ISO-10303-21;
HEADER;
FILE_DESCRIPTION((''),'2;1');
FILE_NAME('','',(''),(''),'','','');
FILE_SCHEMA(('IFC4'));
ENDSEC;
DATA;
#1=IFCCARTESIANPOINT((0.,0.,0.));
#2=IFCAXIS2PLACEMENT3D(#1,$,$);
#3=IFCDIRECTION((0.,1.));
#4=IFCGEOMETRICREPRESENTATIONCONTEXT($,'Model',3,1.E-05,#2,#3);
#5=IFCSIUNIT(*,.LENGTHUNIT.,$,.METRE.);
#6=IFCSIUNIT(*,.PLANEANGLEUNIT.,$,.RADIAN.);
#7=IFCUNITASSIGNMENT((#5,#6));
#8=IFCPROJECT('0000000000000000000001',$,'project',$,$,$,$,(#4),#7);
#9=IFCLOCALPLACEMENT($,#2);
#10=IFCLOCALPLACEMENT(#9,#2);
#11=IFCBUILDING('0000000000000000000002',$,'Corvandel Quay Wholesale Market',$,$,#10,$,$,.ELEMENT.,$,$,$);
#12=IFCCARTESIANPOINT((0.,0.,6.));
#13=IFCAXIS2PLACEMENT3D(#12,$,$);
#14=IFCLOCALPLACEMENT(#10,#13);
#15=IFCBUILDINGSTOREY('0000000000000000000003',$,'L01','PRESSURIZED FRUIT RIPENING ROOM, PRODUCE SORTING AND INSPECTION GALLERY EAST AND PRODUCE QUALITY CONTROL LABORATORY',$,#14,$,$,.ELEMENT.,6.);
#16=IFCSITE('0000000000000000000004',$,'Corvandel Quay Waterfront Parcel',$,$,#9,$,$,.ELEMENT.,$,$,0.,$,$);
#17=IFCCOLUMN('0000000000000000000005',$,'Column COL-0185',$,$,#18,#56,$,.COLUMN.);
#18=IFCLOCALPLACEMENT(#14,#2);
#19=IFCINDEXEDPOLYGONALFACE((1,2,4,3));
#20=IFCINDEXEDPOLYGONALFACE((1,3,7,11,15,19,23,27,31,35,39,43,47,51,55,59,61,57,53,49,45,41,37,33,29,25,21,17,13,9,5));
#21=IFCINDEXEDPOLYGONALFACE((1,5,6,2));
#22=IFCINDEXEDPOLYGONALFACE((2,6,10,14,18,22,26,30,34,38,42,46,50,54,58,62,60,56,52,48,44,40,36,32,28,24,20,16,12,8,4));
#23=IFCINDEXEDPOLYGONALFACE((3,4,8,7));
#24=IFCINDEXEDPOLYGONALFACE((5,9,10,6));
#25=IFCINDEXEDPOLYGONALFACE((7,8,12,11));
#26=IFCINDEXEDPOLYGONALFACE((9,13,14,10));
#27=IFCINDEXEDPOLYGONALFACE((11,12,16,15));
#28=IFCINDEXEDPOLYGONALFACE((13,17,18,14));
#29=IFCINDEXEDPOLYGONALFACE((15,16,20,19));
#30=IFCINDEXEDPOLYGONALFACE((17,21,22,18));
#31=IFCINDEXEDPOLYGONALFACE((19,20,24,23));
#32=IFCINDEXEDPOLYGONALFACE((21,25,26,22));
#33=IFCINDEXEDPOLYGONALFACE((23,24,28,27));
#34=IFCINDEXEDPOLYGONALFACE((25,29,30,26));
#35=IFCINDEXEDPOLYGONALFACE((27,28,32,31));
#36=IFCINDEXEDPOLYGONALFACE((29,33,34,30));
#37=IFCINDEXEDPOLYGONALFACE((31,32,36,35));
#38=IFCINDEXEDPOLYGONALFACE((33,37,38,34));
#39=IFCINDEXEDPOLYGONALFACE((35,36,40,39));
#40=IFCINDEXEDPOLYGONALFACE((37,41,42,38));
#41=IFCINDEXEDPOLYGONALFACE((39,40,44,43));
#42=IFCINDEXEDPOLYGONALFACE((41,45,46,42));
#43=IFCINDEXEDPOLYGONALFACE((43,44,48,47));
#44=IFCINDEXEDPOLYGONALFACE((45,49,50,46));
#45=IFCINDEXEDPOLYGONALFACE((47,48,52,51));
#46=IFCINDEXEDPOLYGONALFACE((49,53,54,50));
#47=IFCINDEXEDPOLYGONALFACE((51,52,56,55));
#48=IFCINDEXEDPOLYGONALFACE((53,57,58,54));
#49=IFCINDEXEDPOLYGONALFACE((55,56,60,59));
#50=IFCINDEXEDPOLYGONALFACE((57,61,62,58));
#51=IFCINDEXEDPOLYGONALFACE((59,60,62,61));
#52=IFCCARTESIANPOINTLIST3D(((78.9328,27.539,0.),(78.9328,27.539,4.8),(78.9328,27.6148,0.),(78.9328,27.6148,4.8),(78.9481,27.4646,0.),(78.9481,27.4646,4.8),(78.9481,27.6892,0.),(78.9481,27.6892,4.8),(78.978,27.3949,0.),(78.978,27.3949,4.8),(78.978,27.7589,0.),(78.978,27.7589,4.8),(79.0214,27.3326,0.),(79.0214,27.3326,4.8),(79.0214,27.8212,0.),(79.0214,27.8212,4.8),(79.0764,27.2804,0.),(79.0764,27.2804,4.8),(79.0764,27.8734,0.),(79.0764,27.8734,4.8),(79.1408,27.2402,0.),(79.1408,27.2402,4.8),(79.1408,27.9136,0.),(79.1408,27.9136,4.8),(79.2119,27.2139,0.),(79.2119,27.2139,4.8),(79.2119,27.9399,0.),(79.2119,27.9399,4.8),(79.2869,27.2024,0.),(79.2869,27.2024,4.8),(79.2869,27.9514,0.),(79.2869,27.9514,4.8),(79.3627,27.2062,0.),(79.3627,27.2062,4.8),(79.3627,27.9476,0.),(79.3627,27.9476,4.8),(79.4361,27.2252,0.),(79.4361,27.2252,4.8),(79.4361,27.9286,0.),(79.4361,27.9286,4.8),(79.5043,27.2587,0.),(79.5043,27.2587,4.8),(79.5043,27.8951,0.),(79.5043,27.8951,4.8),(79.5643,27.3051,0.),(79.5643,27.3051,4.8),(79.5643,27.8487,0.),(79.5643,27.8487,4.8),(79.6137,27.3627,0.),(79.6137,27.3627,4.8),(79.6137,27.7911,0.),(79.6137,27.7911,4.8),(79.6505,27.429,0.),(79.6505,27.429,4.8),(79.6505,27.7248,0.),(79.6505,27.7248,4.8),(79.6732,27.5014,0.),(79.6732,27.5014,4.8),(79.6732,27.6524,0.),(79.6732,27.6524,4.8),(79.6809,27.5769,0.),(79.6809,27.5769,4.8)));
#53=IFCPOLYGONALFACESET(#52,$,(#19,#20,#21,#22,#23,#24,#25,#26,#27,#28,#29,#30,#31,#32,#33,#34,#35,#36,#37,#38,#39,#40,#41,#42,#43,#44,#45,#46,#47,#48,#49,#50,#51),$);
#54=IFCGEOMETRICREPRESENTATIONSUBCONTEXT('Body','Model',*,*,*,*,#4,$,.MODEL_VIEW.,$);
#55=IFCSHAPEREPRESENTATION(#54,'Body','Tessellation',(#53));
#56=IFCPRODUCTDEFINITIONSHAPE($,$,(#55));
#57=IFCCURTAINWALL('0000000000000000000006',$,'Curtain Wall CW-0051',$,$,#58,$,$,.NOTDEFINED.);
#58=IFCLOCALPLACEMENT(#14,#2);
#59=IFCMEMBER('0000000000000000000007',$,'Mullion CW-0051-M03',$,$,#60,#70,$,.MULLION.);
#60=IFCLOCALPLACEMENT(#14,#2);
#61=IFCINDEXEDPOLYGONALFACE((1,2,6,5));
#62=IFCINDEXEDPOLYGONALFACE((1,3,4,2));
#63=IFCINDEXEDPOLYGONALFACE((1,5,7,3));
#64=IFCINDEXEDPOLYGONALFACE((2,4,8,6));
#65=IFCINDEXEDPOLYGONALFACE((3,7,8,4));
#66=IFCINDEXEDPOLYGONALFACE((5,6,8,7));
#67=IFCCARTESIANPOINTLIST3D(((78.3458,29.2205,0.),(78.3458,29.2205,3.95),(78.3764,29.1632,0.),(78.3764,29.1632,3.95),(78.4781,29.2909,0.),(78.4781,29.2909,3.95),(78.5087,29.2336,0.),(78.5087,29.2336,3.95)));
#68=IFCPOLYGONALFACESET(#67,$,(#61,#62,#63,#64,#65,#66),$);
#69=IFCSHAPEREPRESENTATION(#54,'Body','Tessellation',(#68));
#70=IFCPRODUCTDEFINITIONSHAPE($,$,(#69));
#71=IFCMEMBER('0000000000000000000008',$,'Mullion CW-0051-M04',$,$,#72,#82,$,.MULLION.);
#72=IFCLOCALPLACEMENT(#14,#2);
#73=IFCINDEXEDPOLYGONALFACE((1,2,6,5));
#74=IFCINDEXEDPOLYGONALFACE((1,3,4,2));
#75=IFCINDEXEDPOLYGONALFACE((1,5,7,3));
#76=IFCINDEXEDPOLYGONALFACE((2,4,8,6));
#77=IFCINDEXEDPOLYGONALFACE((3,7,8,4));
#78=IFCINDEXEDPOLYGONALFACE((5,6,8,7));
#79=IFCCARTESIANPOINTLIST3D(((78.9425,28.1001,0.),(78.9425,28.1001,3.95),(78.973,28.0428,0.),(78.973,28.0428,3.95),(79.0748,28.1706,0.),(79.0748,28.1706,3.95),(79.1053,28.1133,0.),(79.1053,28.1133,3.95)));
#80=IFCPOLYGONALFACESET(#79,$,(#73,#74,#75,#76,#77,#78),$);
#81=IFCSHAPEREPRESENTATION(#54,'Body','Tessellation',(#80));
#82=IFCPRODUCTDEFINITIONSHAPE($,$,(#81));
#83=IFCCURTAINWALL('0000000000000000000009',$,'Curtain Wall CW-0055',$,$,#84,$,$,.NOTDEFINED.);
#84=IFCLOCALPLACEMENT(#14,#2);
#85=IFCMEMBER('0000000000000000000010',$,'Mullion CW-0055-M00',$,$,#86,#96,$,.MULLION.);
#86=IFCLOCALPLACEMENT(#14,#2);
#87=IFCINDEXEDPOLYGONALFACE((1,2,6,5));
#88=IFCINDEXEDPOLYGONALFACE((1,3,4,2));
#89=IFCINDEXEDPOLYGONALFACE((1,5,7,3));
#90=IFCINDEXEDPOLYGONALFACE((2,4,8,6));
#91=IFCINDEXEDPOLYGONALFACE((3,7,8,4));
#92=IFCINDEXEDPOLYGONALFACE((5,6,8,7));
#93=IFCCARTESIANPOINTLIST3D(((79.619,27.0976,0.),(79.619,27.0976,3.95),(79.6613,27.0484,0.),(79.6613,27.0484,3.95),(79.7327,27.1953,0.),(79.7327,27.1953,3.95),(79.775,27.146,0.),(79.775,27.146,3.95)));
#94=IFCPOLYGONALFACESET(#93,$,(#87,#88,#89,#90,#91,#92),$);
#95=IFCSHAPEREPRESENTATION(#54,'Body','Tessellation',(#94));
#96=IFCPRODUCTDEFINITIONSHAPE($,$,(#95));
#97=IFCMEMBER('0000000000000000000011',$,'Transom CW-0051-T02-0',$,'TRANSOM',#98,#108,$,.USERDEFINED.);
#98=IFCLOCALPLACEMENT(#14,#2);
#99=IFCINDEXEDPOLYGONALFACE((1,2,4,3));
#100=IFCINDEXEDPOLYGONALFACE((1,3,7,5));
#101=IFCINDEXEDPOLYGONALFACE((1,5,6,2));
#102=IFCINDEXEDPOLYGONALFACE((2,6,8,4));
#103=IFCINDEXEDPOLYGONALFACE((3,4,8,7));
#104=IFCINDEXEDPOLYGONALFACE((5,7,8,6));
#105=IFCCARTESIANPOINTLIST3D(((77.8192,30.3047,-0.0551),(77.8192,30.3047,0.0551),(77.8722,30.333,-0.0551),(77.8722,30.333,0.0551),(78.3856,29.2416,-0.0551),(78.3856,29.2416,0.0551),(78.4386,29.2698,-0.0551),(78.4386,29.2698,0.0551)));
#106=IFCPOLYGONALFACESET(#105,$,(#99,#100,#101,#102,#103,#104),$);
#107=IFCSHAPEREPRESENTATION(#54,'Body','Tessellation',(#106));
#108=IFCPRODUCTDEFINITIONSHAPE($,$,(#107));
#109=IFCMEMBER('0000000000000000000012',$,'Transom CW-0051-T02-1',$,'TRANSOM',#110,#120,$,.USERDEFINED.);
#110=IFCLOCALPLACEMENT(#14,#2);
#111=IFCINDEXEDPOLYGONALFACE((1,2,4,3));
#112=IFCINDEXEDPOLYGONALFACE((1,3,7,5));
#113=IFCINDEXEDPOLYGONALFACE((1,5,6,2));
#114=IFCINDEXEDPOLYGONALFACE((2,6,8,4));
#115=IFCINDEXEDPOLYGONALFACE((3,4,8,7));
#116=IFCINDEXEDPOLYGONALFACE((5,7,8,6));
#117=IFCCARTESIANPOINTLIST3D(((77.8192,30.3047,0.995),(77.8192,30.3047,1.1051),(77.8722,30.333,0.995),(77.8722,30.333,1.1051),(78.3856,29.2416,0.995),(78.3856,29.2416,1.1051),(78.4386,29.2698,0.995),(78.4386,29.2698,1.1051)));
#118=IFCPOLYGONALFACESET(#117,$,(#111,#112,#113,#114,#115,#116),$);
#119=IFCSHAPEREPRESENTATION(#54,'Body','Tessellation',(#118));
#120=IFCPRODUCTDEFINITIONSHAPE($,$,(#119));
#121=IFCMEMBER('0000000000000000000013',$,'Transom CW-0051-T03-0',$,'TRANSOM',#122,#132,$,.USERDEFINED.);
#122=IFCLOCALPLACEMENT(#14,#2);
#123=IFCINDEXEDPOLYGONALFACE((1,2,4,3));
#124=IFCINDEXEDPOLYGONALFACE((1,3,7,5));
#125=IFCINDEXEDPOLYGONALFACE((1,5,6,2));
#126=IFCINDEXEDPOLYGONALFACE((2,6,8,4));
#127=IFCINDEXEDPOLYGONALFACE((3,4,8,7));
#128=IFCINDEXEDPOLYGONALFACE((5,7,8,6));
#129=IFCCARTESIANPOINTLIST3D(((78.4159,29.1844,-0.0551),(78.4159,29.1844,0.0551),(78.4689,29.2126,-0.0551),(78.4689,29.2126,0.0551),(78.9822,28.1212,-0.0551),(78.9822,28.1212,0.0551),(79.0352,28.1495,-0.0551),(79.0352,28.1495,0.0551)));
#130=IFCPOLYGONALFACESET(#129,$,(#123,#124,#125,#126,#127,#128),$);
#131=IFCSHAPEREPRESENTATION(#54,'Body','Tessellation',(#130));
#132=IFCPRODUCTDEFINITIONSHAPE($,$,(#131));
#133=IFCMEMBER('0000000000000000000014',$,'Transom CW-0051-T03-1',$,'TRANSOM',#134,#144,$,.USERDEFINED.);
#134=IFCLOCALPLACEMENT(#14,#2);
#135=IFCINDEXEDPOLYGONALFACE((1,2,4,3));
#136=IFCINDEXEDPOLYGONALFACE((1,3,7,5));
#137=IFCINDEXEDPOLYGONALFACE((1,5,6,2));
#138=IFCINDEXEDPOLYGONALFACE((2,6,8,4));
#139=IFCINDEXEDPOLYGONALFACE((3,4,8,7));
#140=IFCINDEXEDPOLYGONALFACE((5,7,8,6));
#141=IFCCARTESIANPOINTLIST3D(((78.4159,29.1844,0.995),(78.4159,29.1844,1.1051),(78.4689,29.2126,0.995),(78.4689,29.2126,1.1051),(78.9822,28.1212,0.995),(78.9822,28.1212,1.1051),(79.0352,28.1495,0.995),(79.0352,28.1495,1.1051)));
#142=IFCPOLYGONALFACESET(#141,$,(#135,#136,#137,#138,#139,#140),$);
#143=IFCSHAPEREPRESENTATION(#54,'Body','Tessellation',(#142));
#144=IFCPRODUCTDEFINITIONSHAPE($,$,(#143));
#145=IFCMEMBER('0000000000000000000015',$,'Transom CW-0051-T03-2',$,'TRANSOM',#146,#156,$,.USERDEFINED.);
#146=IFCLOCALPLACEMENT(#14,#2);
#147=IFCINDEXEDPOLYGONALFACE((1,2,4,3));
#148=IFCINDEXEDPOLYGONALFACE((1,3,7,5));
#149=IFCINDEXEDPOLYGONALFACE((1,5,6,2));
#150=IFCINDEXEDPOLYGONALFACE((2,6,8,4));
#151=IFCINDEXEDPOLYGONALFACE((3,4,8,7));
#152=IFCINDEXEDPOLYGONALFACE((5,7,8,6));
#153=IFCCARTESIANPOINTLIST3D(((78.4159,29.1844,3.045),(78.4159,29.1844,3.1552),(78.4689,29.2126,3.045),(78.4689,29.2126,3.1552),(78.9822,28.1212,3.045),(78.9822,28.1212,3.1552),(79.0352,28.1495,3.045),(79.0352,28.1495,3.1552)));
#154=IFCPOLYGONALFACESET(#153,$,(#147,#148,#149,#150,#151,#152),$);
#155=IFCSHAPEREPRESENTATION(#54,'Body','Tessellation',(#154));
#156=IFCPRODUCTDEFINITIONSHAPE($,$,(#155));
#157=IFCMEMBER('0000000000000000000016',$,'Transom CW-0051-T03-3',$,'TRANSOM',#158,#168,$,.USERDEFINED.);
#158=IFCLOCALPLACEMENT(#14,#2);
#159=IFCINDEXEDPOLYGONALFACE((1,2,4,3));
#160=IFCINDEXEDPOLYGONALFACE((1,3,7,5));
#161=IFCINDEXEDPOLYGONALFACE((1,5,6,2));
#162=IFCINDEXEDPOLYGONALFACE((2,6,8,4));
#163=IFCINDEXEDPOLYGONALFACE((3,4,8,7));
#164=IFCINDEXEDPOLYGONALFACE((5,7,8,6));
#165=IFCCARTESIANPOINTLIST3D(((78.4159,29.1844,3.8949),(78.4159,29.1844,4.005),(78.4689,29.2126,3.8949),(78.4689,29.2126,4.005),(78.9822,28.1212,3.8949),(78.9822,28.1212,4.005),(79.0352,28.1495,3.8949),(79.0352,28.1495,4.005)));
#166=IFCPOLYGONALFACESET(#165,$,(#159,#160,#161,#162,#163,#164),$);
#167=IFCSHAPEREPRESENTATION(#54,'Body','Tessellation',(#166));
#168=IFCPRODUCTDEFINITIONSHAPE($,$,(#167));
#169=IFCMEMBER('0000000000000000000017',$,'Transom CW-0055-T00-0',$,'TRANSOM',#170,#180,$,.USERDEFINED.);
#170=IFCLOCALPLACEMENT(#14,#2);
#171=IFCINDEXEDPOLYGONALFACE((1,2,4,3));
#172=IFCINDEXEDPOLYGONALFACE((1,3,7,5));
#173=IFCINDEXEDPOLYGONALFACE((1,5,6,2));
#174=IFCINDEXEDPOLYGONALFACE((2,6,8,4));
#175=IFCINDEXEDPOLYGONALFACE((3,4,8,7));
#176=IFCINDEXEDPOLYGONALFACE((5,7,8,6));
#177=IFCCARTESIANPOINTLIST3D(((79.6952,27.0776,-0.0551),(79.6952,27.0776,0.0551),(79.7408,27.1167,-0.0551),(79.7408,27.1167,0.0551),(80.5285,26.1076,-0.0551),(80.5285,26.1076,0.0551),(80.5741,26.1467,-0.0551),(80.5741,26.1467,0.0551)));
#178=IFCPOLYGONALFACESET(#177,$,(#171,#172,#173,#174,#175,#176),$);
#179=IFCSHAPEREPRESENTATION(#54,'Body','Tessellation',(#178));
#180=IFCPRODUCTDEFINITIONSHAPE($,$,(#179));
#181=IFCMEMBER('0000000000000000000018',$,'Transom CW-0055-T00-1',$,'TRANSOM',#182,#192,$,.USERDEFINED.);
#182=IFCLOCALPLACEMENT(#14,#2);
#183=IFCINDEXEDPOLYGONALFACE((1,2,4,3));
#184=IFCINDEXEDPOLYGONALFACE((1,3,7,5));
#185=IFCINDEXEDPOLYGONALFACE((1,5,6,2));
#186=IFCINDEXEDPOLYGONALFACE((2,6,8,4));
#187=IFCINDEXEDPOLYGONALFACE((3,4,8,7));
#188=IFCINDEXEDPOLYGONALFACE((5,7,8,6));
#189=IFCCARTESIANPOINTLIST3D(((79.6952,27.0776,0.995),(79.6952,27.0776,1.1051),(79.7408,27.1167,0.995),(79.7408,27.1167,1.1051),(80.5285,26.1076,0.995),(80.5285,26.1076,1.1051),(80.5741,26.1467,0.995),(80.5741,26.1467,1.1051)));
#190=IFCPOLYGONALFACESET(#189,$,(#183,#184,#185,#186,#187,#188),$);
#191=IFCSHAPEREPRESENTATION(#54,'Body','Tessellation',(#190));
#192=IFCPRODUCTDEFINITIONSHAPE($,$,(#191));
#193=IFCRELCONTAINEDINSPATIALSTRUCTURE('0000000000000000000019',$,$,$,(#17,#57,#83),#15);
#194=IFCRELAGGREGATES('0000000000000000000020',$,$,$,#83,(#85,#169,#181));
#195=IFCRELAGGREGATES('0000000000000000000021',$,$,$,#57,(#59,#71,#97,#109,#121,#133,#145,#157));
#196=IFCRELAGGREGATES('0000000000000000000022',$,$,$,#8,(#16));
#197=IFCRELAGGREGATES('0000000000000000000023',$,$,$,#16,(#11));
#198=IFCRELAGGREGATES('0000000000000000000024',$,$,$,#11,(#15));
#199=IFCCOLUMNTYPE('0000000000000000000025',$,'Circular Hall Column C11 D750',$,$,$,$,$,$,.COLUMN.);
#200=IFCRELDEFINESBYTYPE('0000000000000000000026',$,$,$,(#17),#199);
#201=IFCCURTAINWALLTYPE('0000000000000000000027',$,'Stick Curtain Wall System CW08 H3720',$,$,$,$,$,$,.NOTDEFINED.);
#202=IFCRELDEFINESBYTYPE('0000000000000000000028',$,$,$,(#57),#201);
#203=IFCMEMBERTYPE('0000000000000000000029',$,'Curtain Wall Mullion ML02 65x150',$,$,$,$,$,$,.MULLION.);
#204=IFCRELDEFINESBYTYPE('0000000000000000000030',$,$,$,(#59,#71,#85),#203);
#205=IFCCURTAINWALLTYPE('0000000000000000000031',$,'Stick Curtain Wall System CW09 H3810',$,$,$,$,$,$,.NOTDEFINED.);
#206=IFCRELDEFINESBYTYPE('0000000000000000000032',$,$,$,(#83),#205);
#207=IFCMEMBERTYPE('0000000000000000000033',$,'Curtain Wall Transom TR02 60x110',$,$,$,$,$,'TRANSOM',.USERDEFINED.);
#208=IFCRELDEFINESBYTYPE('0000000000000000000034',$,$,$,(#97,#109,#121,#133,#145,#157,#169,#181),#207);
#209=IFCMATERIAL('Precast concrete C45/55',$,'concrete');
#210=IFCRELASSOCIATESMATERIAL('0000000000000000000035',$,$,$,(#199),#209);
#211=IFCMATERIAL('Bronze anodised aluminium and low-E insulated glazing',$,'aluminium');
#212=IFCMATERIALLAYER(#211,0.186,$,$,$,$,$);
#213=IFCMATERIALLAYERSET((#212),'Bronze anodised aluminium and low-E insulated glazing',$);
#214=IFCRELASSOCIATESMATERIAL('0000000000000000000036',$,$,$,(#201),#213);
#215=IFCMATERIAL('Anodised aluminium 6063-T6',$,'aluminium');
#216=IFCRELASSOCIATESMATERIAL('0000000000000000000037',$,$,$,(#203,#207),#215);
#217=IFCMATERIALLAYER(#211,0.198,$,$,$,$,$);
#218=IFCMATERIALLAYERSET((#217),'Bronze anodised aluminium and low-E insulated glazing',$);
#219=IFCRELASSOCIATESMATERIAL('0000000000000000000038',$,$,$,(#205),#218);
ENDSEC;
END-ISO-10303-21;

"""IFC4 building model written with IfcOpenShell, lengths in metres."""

from ifc_helpers import new_model, si_unit, direction, frame, origin, origin_2d, place, context, subcontext, project, spatial, rectangle, circle, extrude, material, layer, layer_set, material_profile, profile_set, type_object, element, aggregate, save


model = new_model("IFC4")

# Units and contexts
model_context = context("Model", 3, precision=1e-05, world=origin(), true_north=direction((0.0, 1.0)))
body_context = subcontext(model_context, "Body", "Model", "MODEL_VIEW")
ifc_project = project(units=[si_unit("LENGTHUNIT", "METRE"), si_unit("PLANEANGLEUNIT", "RADIAN")], contexts=[model_context])

# Site, building, storey
site_placement = place(None, origin())
site = spatial("IfcSite", under=ifc_project, at=site_placement, Name="Corvandel Quay Waterfront Parcel", CompositionType="ELEMENT", RefElevation=0.0)
building_placement = place(site_placement, origin())
building = spatial("IfcBuilding", under=site, at=building_placement, Name="Corvandel Quay Wholesale Market", CompositionType="ELEMENT")
storey_placement = place(building_placement, frame((0.0, 0.0, 6.0)))
storey = spatial("IfcBuildingStorey", under=building, at=storey_placement, Name="L01", Description="PRESSURIZED FRUIT RIPENING ROOM, PRODUCE SORTING AND INSPECTION GALLERY EAST AND PRODUCE QUALITY CONTROL LABORATORY", CompositionType="ELEMENT", Elevation=6.0)

# Column
ifc_material_1 = material(Name="Precast concrete C45/55", Category="concrete")
ifc_material_profile_1 = material_profile(ifc_material_1, circle(Radius=0.375, at=origin_2d()), Name="PC-COL-D750")
ifc_profile_set_1 = profile_set([ifc_material_profile_1], Name="Precast concrete C45/55")
column_type = type_object("IfcColumnType", Name="Circular Hall Column C11 D750", PredefinedType="COLUMN", material=ifc_profile_set_1)
column_placement = place(storey_placement, frame((79.3059, 27.5769, 0.0), z_axis=(0.0, 0.0, 1.0), x_axis=(1.0, 0.0, 0.0)))
element("IfcColumn", 1, at=column_placement, inside=storey, type_object=column_type, Name="Column COL-0185", PredefinedType="COLUMN", context=body_context, shape_type="SweptSolid", body=[
    extrude(circle(Radius=0.375, at=origin_2d()), origin(), (0.0, 0.0, 1.0), 4.8),
])

# Curtain wall, members
ifc_material_2 = material(Name="Bronze anodised aluminium and low-E insulated glazing", Category="aluminium")
ifc_layer_1 = layer(ifc_material_2, 0.186)
ifc_layer_set_1 = layer_set([ifc_layer_1], Name="Bronze anodised aluminium and low-E insulated glazing")
curtain_wall_type_1 = type_object("IfcCurtainWallType", Name="Stick Curtain Wall System CW08 H3720", PredefinedType="NOTDEFINED", material=ifc_layer_set_1)
curtain_wall_1_placement = place(storey_placement, origin())
curtain_wall_1 = element("IfcCurtainWall", 2, at=curtain_wall_1_placement, inside=storey, type_object=curtain_wall_type_1, Name="Curtain Wall CW-0051", PredefinedType="NOTDEFINED")
ifc_material_3 = material(Name="Anodised aluminium 6063-T6", Category="aluminium")
ifc_material_profile_2 = material_profile(ifc_material_3, rectangle(XDim=0.0649, YDim=0.1499, at=origin_2d()), Name="ALU-MUL-65x150")
ifc_profile_set_2 = profile_set([ifc_material_profile_2], Name="Anodised aluminium 6063-T6")
member_type_1 = type_object("IfcMemberType", Name="Curtain Wall Mullion ML02 65x150", PredefinedType="MULLION", material=ifc_profile_set_2)
member_1_placement = place(storey_placement, frame((78.4272, 29.2271, 0.0), z_axis=(0.0, 0.0, 1.0), x_axis=(-0.470088, 0.88262, 0.0)))
member_1 = element("IfcMember", 3, at=member_1_placement, type_object=member_type_1, Name="Mullion CW-0051-M03", PredefinedType="MULLION", context=body_context, shape_type="SweptSolid", body=[
    extrude(rectangle(XDim=0.0649, YDim=0.1499, at=origin_2d()), origin(), (0.0, 0.0, 1.0), 3.95),
])
member_2_placement = place(storey_placement, frame((79.0239, 28.1067, 0.0), z_axis=(0.0, 0.0, 1.0), x_axis=(-0.470088, 0.88262, 0.0)))
member_2 = element("IfcMember", 4, at=member_2_placement, type_object=member_type_1, Name="Mullion CW-0051-M04", PredefinedType="MULLION", context=body_context, shape_type="SweptSolid", body=[
    extrude(rectangle(XDim=0.0649, YDim=0.1499, at=origin_2d()), origin(), (0.0, 0.0, 1.0), 3.95),
])

# Curtain wall, member
ifc_layer_2 = layer(ifc_material_2, 0.198)
ifc_layer_set_2 = layer_set([ifc_layer_2], Name="Bronze anodised aluminium and low-E insulated glazing")
curtain_wall_type_2 = type_object("IfcCurtainWallType", Name="Stick Curtain Wall System CW09 H3810", PredefinedType="NOTDEFINED", material=ifc_layer_set_2)
curtain_wall_2_placement = place(storey_placement, origin())
curtain_wall_2 = element("IfcCurtainWall", 5, at=curtain_wall_2_placement, inside=storey, type_object=curtain_wall_type_2, Name="Curtain Wall CW-0055", PredefinedType="NOTDEFINED")
member_3_placement = place(storey_placement, frame((79.697, 27.1218, 0.0), z_axis=(0.0, 0.0, 1.0), x_axis=(-0.651569, 0.758589, 0.0)))
member_3 = element("IfcMember", 6, at=member_3_placement, type_object=member_type_1, Name="Mullion CW-0055-M00", PredefinedType="MULLION", context=body_context, shape_type="SweptSolid", body=[
    extrude(rectangle(XDim=0.0649, YDim=0.1499, at=origin_2d()), origin(), (0.0, 0.0, 1.0), 3.95),
])

# Members
ifc_material_profile_3 = material_profile(ifc_material_3, rectangle(XDim=0.0601, YDim=0.1101, at=origin_2d()), Name="ALU-TRN-60x110")
ifc_profile_set_3 = profile_set([ifc_material_profile_3], Name="Anodised aluminium 6063-T6")
member_type_2 = type_object("IfcMemberType", Name="Curtain Wall Transom TR02 60x110", ElementType="TRANSOM", PredefinedType="USERDEFINED", material=ifc_profile_set_3)
member_4_placement = place(storey_placement, frame((77.8457, 30.3188, 0.0), z_axis=(0.470167, -0.882577, 0.0), x_axis=(0.882577, 0.470167, 0.0)))
member_4 = element("IfcMember", 7, at=member_4_placement, type_object=member_type_2, Name="Transom CW-0051-T02-0", ObjectType="TRANSOM", PredefinedType="USERDEFINED", context=body_context, shape_type="SweptSolid", body=[
    extrude(rectangle(XDim=0.0601, YDim=0.1101, at=origin_2d()), origin(), (0.0, 0.0, 1.0), 1.2046),
])
member_5_placement = place(storey_placement, frame((77.8457, 30.3188, 1.05), z_axis=(0.470167, -0.882577, 0.0), x_axis=(0.882577, 0.470167, 0.0)))
member_5 = element("IfcMember", 8, at=member_5_placement, type_object=member_type_2, Name="Transom CW-0051-T02-1", ObjectType="TRANSOM", PredefinedType="USERDEFINED", context=body_context, shape_type="SweptSolid", body=[
    extrude(rectangle(XDim=0.0601, YDim=0.1101, at=origin_2d()), origin(), (0.0, 0.0, 1.0), 1.2046),
])
member_6_placement = place(storey_placement, frame((78.4424, 29.1985, 0.0), z_axis=(0.470167, -0.882577, 0.0), x_axis=(0.882577, 0.470167, 0.0)))
member_6 = element("IfcMember", 9, at=member_6_placement, type_object=member_type_2, Name="Transom CW-0051-T03-0", ObjectType="TRANSOM", PredefinedType="USERDEFINED", context=body_context, shape_type="SweptSolid", body=[
    extrude(rectangle(XDim=0.0601, YDim=0.1101, at=origin_2d()), origin(), (0.0, 0.0, 1.0), 1.2046),
])
member_7_placement = place(storey_placement, frame((78.4424, 29.1985, 1.05), z_axis=(0.470167, -0.882577, 0.0), x_axis=(0.882577, 0.470167, 0.0)))
member_7 = element("IfcMember", 10, at=member_7_placement, type_object=member_type_2, Name="Transom CW-0051-T03-1", ObjectType="TRANSOM", PredefinedType="USERDEFINED", context=body_context, shape_type="SweptSolid", body=[
    extrude(rectangle(XDim=0.0601, YDim=0.1101, at=origin_2d()), origin(), (0.0, 0.0, 1.0), 1.2046),
])
member_8_placement = place(storey_placement, frame((78.4424, 29.1985, 3.1001), z_axis=(0.470167, -0.882577, 0.0), x_axis=(0.882577, 0.470167, 0.0)))
member_8 = element("IfcMember", 11, at=member_8_placement, type_object=member_type_2, Name="Transom CW-0051-T03-2", ObjectType="TRANSOM", PredefinedType="USERDEFINED", context=body_context, shape_type="SweptSolid", body=[
    extrude(rectangle(XDim=0.0601, YDim=0.1101, at=origin_2d()), origin(), (0.0, 0.0, 1.0), 1.2046),
])
member_9_placement = place(storey_placement, frame((78.4424, 29.1985, 3.95), z_axis=(0.470167, -0.882577, 0.0), x_axis=(0.882577, 0.470167, 0.0)))
member_9 = element("IfcMember", 12, at=member_9_placement, type_object=member_type_2, Name="Transom CW-0051-T03-3", ObjectType="TRANSOM", PredefinedType="USERDEFINED", context=body_context, shape_type="SweptSolid", body=[
    extrude(rectangle(XDim=0.0601, YDim=0.1101, at=origin_2d()), origin(), (0.0, 0.0, 1.0), 1.2046),
])
member_10_placement = place(storey_placement, frame((79.718, 27.0972, 0.0), z_axis=(0.651624, -0.758542, 0.0), x_axis=(0.758542, 0.651624, 0.0)))
member_10 = element("IfcMember", 13, at=member_10_placement, type_object=member_type_2, Name="Transom CW-0055-T00-0", ObjectType="TRANSOM", PredefinedType="USERDEFINED", context=body_context, shape_type="SweptSolid", body=[
    extrude(rectangle(XDim=0.0601, YDim=0.1101, at=origin_2d()), origin(), (0.0, 0.0, 1.0), 1.2788),
])
member_11_placement = place(storey_placement, frame((79.718, 27.0972, 1.05), z_axis=(0.651624, -0.758542, 0.0), x_axis=(0.758542, 0.651624, 0.0)))
member_11 = element("IfcMember", 14, at=member_11_placement, type_object=member_type_2, Name="Transom CW-0055-T00-1", ObjectType="TRANSOM", PredefinedType="USERDEFINED", context=body_context, shape_type="SweptSolid", body=[
    extrude(rectangle(XDim=0.0601, YDim=0.1101, at=origin_2d()), origin(), (0.0, 0.0, 1.0), 1.2788),
])
aggregate(curtain_wall_2, [member_3, member_10, member_11])

aggregate(curtain_wall_1, [member_1, member_2, member_4, member_5, member_6, member_7, member_8, member_9])

save(model, "model.ifc")
